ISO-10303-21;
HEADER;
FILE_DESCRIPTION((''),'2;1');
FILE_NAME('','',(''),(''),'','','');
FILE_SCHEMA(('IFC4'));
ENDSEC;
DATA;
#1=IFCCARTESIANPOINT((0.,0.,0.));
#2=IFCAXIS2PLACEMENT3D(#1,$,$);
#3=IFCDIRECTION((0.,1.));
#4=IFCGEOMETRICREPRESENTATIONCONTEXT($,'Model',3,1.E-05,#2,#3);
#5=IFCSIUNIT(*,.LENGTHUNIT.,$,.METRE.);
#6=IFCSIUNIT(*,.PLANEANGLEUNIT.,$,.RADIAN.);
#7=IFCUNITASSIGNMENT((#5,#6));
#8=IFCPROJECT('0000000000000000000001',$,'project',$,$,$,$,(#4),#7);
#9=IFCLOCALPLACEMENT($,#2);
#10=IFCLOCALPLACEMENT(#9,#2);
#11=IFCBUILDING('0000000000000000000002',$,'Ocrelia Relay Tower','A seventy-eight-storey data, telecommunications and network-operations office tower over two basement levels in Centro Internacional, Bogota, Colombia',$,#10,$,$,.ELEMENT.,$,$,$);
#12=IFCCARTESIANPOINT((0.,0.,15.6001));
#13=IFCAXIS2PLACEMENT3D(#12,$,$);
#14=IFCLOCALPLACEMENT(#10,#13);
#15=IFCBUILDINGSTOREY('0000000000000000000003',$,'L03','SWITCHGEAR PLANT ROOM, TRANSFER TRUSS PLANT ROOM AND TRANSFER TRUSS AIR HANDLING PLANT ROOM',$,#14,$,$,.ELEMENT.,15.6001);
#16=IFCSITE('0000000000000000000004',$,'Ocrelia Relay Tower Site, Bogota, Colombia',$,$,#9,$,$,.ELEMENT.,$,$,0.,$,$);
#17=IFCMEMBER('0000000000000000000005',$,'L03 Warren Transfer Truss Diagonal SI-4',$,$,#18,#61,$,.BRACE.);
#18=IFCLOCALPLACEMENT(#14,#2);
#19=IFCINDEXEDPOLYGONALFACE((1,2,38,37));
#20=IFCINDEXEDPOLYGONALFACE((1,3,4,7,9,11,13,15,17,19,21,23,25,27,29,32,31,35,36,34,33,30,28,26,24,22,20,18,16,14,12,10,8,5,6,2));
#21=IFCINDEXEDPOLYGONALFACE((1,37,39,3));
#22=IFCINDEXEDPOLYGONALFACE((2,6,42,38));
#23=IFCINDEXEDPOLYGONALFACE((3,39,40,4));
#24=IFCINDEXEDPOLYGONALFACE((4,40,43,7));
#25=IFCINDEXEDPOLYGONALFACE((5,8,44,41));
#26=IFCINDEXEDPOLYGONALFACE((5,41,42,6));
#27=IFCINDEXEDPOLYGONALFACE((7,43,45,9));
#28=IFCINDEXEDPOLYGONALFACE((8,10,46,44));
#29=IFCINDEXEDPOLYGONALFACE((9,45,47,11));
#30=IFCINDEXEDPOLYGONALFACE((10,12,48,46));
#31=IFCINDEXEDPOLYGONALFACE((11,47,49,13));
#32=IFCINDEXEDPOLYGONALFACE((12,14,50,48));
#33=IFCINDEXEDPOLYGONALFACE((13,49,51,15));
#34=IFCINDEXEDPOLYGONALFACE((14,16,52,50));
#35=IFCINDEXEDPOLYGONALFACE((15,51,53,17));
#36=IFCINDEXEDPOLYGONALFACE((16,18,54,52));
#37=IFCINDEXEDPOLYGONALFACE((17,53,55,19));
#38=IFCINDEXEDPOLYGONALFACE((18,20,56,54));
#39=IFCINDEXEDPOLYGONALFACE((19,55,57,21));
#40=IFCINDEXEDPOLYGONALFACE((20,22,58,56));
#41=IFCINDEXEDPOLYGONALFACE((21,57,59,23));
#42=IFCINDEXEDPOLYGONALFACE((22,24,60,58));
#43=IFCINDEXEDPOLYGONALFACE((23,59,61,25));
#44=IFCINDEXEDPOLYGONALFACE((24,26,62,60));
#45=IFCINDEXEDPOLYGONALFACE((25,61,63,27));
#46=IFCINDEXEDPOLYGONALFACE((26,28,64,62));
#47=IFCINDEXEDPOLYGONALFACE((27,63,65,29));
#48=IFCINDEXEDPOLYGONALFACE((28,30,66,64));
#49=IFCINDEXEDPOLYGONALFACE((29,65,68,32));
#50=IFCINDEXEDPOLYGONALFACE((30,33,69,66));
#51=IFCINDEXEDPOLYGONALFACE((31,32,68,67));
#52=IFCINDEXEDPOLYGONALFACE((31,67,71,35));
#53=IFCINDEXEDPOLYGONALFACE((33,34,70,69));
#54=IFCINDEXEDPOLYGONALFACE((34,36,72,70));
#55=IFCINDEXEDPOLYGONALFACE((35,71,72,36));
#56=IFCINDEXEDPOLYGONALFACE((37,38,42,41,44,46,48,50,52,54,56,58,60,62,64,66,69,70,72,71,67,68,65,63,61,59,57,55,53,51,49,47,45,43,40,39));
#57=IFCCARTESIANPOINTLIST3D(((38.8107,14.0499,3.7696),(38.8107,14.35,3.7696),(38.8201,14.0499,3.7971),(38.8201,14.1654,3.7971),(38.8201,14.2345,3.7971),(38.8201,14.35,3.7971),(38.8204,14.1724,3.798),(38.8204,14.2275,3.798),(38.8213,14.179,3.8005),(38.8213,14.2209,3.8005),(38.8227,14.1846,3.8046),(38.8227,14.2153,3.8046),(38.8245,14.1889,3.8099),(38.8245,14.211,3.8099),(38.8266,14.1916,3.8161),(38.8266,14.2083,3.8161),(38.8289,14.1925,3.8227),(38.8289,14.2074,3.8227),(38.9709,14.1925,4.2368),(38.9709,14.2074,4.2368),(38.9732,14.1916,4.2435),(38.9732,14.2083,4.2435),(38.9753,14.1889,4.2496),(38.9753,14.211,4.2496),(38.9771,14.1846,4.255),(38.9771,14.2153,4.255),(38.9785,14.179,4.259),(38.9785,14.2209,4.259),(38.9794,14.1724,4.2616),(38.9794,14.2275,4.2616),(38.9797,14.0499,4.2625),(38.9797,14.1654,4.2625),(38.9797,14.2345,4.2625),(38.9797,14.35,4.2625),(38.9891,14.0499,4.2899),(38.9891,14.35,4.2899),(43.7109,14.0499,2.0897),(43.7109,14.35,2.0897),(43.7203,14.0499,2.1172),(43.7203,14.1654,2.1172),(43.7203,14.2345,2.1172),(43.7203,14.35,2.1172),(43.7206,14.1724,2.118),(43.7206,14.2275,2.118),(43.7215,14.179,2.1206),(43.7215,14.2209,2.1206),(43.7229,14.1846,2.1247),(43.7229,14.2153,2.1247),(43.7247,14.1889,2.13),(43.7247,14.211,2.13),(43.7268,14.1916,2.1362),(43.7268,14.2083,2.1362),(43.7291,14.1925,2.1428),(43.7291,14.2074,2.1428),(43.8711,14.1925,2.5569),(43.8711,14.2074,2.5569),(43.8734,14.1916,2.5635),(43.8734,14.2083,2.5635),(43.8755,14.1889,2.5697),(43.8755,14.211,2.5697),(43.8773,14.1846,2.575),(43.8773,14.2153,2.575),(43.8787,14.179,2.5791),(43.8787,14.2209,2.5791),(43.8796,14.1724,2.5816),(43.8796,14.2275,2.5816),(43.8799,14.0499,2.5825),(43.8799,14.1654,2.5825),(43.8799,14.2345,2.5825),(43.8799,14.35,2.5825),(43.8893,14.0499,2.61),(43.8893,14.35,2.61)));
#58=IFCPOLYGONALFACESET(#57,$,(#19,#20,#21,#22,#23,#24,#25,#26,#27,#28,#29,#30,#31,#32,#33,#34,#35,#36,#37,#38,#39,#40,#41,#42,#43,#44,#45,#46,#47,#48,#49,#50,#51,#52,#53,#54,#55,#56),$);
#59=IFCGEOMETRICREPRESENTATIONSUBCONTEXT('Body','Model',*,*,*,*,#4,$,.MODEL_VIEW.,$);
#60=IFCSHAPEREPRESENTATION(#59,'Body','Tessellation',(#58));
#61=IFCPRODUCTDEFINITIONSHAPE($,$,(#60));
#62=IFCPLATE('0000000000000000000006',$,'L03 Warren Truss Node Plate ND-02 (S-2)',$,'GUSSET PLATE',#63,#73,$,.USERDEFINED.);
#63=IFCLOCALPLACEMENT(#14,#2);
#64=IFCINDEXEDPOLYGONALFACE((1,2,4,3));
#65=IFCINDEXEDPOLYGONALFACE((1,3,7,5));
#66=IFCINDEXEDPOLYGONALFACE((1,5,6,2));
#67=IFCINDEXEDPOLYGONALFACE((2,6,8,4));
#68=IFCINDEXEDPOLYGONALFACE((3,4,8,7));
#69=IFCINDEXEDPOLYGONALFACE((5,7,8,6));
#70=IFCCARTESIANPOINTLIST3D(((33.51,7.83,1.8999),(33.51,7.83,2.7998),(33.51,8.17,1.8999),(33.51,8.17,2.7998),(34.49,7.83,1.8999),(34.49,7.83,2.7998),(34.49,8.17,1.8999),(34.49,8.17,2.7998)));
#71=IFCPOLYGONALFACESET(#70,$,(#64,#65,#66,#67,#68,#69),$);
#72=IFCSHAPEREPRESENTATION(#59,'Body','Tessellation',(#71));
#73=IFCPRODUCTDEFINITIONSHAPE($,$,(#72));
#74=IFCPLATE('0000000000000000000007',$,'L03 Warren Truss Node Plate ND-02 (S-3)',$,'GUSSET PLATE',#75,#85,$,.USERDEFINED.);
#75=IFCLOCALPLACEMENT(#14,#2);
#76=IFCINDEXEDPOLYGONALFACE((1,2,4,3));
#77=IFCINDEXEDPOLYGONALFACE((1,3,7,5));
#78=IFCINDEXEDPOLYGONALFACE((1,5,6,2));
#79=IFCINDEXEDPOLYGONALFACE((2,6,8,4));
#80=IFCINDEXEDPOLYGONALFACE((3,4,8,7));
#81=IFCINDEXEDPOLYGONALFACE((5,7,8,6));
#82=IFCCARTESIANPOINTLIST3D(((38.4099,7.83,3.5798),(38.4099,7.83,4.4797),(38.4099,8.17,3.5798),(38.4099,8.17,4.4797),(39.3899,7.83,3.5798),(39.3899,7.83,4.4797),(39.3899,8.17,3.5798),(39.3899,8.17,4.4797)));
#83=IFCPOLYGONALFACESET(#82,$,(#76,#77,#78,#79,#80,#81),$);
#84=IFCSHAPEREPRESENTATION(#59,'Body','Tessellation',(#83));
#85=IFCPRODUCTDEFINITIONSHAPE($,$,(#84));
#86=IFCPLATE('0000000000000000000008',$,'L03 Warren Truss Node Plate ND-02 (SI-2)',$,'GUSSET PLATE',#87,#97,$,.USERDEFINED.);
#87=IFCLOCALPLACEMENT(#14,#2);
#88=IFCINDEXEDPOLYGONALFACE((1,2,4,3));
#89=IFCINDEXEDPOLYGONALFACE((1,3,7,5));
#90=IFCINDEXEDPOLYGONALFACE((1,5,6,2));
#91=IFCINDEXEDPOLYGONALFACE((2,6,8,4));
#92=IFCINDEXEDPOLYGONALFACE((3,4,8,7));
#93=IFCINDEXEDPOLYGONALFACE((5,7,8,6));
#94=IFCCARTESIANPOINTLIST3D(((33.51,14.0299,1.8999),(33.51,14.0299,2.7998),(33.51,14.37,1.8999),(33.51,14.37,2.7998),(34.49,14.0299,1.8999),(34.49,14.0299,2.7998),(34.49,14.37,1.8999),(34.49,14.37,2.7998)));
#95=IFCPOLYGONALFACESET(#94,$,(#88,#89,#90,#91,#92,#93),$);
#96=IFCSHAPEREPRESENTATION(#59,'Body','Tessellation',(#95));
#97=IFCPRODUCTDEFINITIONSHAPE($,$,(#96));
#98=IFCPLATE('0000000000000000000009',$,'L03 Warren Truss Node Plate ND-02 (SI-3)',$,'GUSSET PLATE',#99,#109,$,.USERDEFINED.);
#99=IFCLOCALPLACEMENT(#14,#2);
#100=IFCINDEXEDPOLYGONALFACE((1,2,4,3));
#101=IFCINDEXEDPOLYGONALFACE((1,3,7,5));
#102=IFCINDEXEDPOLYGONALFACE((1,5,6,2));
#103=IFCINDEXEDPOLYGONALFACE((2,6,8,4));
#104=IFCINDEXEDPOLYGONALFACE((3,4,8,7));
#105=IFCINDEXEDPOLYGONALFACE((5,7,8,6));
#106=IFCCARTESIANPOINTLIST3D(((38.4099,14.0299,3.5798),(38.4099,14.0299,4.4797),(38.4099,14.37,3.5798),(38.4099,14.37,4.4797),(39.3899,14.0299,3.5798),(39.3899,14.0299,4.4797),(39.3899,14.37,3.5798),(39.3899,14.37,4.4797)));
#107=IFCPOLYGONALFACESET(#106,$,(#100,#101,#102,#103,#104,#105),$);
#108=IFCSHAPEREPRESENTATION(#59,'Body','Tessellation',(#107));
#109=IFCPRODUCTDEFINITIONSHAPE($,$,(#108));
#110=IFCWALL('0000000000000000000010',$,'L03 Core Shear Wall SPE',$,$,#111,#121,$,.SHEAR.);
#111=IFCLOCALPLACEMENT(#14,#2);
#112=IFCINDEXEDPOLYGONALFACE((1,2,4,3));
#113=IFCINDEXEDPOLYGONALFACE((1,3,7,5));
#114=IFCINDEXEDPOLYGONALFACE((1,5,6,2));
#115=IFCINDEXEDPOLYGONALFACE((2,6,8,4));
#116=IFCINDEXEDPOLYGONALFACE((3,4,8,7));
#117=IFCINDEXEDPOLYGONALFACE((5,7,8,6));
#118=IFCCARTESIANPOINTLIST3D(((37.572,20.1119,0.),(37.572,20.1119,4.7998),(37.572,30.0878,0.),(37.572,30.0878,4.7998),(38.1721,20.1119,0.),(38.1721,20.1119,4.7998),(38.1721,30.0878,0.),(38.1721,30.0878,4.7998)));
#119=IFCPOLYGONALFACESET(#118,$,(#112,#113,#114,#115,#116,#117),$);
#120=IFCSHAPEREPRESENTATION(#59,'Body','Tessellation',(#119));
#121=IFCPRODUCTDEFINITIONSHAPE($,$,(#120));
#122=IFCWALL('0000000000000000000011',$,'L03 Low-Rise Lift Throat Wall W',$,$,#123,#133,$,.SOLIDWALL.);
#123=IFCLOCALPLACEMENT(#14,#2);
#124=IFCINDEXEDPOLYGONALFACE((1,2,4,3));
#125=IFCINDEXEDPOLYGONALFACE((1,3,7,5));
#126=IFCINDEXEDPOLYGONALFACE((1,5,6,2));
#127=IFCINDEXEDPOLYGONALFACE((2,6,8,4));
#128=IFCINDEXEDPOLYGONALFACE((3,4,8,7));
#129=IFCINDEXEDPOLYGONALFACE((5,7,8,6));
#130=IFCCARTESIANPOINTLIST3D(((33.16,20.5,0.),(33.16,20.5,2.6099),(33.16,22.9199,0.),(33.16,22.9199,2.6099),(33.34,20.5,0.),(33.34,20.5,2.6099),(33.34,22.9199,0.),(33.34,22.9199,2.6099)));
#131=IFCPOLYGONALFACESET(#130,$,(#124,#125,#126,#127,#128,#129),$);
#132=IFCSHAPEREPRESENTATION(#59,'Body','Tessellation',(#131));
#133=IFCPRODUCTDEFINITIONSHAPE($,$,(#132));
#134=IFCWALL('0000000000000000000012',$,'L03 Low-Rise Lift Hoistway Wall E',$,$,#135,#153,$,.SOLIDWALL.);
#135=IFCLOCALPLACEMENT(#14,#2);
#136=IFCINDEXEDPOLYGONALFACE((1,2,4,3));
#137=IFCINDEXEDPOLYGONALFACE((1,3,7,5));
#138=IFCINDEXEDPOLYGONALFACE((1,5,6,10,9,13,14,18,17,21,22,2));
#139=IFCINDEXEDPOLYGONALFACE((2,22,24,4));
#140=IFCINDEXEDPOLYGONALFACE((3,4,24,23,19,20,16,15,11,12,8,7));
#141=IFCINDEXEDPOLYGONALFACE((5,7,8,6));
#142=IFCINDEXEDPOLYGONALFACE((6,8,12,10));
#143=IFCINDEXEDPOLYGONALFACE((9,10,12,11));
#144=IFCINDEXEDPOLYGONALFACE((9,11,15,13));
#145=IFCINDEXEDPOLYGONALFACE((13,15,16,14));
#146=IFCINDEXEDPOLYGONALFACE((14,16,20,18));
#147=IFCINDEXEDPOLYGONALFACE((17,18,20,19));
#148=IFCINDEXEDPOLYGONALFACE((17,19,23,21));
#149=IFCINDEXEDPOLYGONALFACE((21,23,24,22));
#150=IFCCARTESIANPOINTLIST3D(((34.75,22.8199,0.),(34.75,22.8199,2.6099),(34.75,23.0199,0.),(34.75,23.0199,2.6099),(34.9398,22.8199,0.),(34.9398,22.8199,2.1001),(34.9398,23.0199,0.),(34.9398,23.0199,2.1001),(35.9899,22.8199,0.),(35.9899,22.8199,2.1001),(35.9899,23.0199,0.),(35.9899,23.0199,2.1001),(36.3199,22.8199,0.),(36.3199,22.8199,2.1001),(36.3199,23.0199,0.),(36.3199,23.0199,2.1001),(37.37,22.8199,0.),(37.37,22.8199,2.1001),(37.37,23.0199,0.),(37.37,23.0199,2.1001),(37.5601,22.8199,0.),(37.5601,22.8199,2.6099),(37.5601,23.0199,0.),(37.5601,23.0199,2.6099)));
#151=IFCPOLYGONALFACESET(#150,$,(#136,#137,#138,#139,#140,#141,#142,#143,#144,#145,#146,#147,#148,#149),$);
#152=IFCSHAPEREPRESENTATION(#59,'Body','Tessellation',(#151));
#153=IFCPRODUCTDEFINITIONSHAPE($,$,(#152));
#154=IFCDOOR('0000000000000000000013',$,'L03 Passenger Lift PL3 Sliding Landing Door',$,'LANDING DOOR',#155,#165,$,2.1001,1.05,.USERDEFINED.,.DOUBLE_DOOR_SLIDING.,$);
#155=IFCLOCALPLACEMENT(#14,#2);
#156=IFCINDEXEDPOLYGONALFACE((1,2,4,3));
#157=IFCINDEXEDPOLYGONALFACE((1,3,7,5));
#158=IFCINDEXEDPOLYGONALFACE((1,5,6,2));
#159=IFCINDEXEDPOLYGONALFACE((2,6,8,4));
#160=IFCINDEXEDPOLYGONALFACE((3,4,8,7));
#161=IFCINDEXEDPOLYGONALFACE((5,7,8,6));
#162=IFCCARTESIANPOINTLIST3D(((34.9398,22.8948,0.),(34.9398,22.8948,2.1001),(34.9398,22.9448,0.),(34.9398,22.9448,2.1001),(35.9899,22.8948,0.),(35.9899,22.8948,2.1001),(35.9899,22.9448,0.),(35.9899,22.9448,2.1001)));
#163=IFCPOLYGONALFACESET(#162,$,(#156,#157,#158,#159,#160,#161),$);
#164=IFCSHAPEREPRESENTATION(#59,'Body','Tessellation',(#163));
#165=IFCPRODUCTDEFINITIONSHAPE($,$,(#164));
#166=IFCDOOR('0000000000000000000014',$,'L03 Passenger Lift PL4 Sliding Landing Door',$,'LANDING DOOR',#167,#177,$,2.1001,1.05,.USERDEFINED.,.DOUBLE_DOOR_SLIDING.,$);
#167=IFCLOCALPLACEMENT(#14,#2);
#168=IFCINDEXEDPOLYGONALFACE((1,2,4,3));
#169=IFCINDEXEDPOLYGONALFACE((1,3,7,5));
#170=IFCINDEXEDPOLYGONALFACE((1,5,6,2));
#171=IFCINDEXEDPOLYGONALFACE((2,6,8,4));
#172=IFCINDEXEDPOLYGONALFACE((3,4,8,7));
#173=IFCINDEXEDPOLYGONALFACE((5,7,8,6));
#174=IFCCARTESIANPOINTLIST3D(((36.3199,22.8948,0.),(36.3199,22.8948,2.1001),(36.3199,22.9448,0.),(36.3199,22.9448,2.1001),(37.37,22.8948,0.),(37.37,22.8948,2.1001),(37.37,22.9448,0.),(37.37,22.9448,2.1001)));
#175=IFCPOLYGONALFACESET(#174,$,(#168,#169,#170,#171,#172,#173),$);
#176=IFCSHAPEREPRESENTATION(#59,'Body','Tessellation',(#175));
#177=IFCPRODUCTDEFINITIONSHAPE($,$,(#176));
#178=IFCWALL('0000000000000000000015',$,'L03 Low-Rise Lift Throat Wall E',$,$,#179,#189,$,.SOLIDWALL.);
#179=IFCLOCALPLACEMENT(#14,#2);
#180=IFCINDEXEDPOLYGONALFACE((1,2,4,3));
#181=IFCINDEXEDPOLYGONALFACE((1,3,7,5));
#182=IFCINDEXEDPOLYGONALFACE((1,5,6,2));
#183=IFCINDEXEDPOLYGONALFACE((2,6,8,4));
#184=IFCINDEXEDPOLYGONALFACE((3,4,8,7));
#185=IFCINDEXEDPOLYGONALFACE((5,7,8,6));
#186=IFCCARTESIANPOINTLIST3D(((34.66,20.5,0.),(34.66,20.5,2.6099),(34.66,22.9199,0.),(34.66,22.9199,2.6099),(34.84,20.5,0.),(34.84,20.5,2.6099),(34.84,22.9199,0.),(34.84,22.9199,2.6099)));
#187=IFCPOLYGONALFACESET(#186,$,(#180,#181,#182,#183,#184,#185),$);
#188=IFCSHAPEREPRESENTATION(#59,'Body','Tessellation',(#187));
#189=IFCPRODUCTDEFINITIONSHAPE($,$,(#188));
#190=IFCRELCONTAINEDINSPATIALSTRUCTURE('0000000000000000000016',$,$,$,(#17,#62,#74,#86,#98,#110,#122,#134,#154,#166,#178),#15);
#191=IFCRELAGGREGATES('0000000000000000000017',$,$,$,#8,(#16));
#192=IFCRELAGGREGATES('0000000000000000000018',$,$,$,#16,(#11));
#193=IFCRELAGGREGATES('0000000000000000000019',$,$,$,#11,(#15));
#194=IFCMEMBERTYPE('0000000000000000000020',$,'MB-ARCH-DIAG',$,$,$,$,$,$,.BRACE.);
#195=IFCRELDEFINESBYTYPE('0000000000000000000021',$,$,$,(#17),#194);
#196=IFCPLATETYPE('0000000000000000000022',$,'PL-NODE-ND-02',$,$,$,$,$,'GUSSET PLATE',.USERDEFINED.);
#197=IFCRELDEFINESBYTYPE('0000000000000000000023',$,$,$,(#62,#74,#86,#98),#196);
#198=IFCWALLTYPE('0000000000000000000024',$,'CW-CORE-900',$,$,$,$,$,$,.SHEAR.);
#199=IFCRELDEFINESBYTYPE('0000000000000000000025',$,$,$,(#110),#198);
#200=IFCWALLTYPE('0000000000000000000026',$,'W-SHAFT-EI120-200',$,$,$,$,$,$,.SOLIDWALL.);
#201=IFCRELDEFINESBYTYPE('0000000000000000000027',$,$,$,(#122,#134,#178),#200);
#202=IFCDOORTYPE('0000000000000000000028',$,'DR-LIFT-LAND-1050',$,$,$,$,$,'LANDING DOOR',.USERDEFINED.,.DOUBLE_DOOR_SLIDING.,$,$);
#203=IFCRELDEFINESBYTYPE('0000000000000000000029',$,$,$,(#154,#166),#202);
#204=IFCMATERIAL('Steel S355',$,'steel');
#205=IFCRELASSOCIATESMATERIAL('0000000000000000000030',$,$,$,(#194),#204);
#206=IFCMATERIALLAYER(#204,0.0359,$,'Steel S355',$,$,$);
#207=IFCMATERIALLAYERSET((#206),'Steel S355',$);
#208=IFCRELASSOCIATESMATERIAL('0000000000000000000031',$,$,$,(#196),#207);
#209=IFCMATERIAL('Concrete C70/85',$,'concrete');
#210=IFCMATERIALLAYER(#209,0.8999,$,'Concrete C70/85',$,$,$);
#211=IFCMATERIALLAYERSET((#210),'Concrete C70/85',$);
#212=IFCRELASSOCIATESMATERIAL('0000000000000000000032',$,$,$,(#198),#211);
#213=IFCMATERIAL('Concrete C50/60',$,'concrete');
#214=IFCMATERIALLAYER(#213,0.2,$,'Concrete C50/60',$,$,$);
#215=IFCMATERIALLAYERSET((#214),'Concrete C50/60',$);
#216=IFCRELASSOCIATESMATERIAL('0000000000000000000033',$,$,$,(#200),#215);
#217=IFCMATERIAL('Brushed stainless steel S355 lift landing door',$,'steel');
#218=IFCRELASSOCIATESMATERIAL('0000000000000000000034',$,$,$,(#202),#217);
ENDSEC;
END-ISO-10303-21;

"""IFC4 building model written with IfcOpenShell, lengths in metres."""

from ifc_helpers import new_model, si_unit, direction, frame, frame_2d, origin, origin_2d, place, context, subcontext, project, spatial, rectangle, i_section, extrude, material, layer, layer_set, material_profile, profile_set, type_object, element, fill, save


model = new_model("IFC4")

# Units and contexts
model_context = context("Model", 3, precision=1e-05, world=origin(), true_north=direction((0.0, 1.0)))
body_context = subcontext(model_context, "Body", "Model", "MODEL_VIEW")
ifc_project = project(units=[si_unit("LENGTHUNIT", "METRE"), si_unit("PLANEANGLEUNIT", "RADIAN")], contexts=[model_context])

# Site, building, storey
site_placement = place(None, origin())
site = spatial("IfcSite", under=ifc_project, at=site_placement, Name="Ocrelia Relay Tower Site, Bogota, Colombia", CompositionType="ELEMENT", RefElevation=0.0)
building_placement = place(site_placement, origin())
building = spatial("IfcBuilding", under=site, at=building_placement, Name="Ocrelia Relay Tower", Description="A seventy-eight-storey data, telecommunications and network-operations office tower over two basement levels in Centro Internacional, Bogota, Colombia", CompositionType="ELEMENT")
storey_placement = place(building_placement, frame((0.0, 0.0, 15.6001)))
storey = spatial("IfcBuildingStorey", under=building, at=storey_placement, Name="L03", Description="SWITCHGEAR PLANT ROOM, TRANSFER TRUSS PLANT ROOM AND TRANSFER TRUSS AIR HANDLING PLANT ROOM", CompositionType="ELEMENT", Elevation=15.6001)

# Shared definitions
ifc_material_1 = material(Name="Concrete C70/85", Category="concrete")

# Member
ifc_material_2 = material(Name="Steel S355", Category="steel")
ifc_material_profile_1 = material_profile(ifc_material_2, i_section(OverallWidth=0.3, OverallDepth=0.55, WebThickness=0.0149, FlangeThickness=0.0291, FilletRadius=0.0271, at=origin_2d()), Name="HEB 550")
ifc_profile_set_1 = profile_set([ifc_material_profile_1], Name="Steel S355")
member_type = type_object("IfcMemberType", Name="MB-ARCH-DIAG", PredefinedType="BRACE", material=ifc_profile_set_1)
member_1_placement = place(storey_placement, frame((38.8999, 14.2, 4.0298), z_axis=(0.945953, 0.0, -0.324304), x_axis=(0.0, 1.0, 0.0)))
element("IfcMember", 1, at=member_1_placement, inside=storey, type_object=member_type, Name="L03 Warren Transfer Truss Diagonal SI-4", PredefinedType="BRACE", context=body_context, shape_type="SweptSolid", body=[
    extrude(i_section(OverallWidth=0.3, OverallDepth=0.55, WebThickness=0.0149, FlangeThickness=0.0291, FilletRadius=0.0271, at=origin_2d()), origin(), (0.0, 0.0, 1.0), 5.1802),
])

# Plates
ifc_layer_1 = layer(ifc_material_2, 0.0359, Name="Steel S355")
ifc_layer_set_1 = layer_set([ifc_layer_1], Name="Steel S355")
plate_type = type_object("IfcPlateType", Name="PL-NODE-ND-02", ElementType="GUSSET PLATE", PredefinedType="USERDEFINED", material=ifc_layer_set_1)
for number, where, z_axis, x_axis, name in (
    (2, (34.0, 8.0, 1.8999), (0.0, 0.0, 1.0), (1.0, 0.0, 0.0), "L03 Warren Truss Node Plate ND-02 (S-2)"),
    (3, (38.8999, 8.0, 3.5798), (0.0, 0.0, 1.0), (1.0, 0.0, 0.0), "L03 Warren Truss Node Plate ND-02 (S-3)"),
    (4, (34.0, 14.2, 1.8999), (0.0, 0.0, 1.0), (1.0, 0.0, 0.0), "L03 Warren Truss Node Plate ND-02 (SI-2)"),
    (5, (38.8999, 14.2, 3.5798), (0.0, 0.0, 1.0), (1.0, 0.0, 0.0), "L03 Warren Truss Node Plate ND-02 (SI-3)"),
):
    element("IfcPlate", number, at=place(storey_placement, frame(where, z_axis=z_axis, x_axis=x_axis)), inside=storey, type_object=plate_type, Name=name, ObjectType="GUSSET PLATE", PredefinedType="USERDEFINED", context=body_context, shape_type="SweptSolid", body=[
        extrude(rectangle(XDim=0.98, YDim=0.3401, at=origin_2d()), origin(), (0.0, 0.0, 1.0), 0.8999),
    ])

# Walls
ifc_layer_2 = layer(ifc_material_1, 0.8999, Name="Concrete C70/85")
ifc_layer_set_2 = layer_set([ifc_layer_2], Name="Concrete C70/85")
wall_type_1 = type_object("IfcWallType", Name="CW-CORE-900", PredefinedType="SHEAR", material=ifc_layer_set_2)
wall_1_placement = place(storey_placement, frame((37.8721, 20.1121, 0.0), z_axis=(0.0, 0.0, 1.0), x_axis=(0.0, 1.0, 0.0)))
element("IfcWall", 6, at=wall_1_placement, inside=storey, type_object=wall_type_1, Name="L03 Core Shear Wall SPE", PredefinedType="SHEAR", context=body_context, shape_type="SweptSolid", body=[
    extrude(rectangle(XDim=9.9758, YDim=0.6001, at=frame_2d((4.9878, 0.0))), origin(), (0.0, 0.0, 1.0), 4.7998),
])
ifc_material_3 = material(Name="Concrete C50/60", Category="concrete")
ifc_layer_3 = layer(ifc_material_3, 0.2, Name="Concrete C50/60")
ifc_layer_set_3 = layer_set([ifc_layer_3], Name="Concrete C50/60")
wall_type_2 = type_object("IfcWallType", Name="W-SHAFT-EI120-200", PredefinedType="SOLIDWALL", material=ifc_layer_set_3)
wall_2_placement = place(storey_placement, frame((33.25, 20.5, 0.0), z_axis=(0.0, 0.0, 1.0), x_axis=(0.0, 1.0, 0.0)))
element("IfcWall", 7, at=wall_2_placement, inside=storey, type_object=wall_type_2, Name="L03 Low-Rise Lift Throat Wall W", PredefinedType="SOLIDWALL", context=body_context, shape_type="SweptSolid", body=[
    extrude(rectangle(XDim=2.4199, YDim=0.1799, at=frame_2d((1.21, 0.0))), origin(), (0.0, 0.0, 1.0), 2.6099),
])

# Wall, openings, doors
wall_3_placement = place(storey_placement, frame((34.75, 22.9199, 0.0), z_axis=(0.0, 0.0, 1.0), x_axis=(1.0, 0.0, 0.0)))
wall_3 = element("IfcWall", 8, at=wall_3_placement, inside=storey, type_object=wall_type_2, Name="L03 Low-Rise Lift Hoistway Wall E", PredefinedType="SOLIDWALL", context=body_context, shape_type="SweptSolid", body=[
    extrude(rectangle(XDim=2.8101, YDim=0.2, at=frame_2d((1.405, 0.0))), origin(), (0.0, 0.0, 1.0), 2.6099),
])
opening_1_placement = place(wall_3_placement, frame((0.1899, 0.0, 0.0)))
opening_1 = element("IfcOpeningElement", 9, at=opening_1_placement, cuts=wall_3, PredefinedType="OPENING", context=body_context, shape_type="SweptSolid", body=[
    extrude(rectangle(XDim=1.05, YDim=2.1001, at=frame_2d((0.5249, 1.05))), frame((0.0, 0.1099, 0.0), z_axis=(0.0, -1.0, 0.0), x_axis=(1.0, 0.0, 0.0)), (0.0, 0.0, 1.0), 0.22),
])
opening_2_placement = place(wall_3_placement, frame((1.5701, 0.0, 0.0)))
opening_2 = element("IfcOpeningElement", 10, at=opening_2_placement, cuts=wall_3, PredefinedType="OPENING", context=body_context, shape_type="SweptSolid", body=[
    extrude(rectangle(XDim=1.05, YDim=2.1001, at=frame_2d((0.5249, 1.05))), frame((0.0, 0.1099, 0.0), z_axis=(0.0, -1.0, 0.0), x_axis=(1.0, 0.0, 0.0)), (0.0, 0.0, 1.0), 0.22),
])
ifc_material_4 = material(Name="Brushed stainless steel S355 lift landing door", Category="steel")
door_type = type_object("IfcDoorType", Name="DR-LIFT-LAND-1050", ElementType="LANDING DOOR", OperationType="DOUBLE_DOOR_SLIDING", PredefinedType="USERDEFINED", material=ifc_material_4)
door_1_placement = place(opening_1_placement, origin())
door_1 = element("IfcDoor", 11, at=door_1_placement, inside=storey, type_object=door_type, Name="L03 Passenger Lift PL3 Sliding Landing Door", ObjectType="LANDING DOOR", OperationType="DOUBLE_DOOR_SLIDING", OverallHeight=2.1001, OverallWidth=1.05, PredefinedType="USERDEFINED", context=body_context, shape_type="SweptSolid", body=[
    extrude(rectangle(XDim=1.05, YDim=2.1001, at=frame_2d((0.5249, 1.05))), frame((0.0, 0.0249, 0.0), z_axis=(0.0, -1.0, 0.0), x_axis=(1.0, 0.0, 0.0)), (0.0, 0.0, 1.0), 0.05),
])
fill(opening_1, door_1)
door_2_placement = place(opening_2_placement, origin())
door_2 = element("IfcDoor", 12, at=door_2_placement, inside=storey, type_object=door_type, Name="L03 Passenger Lift PL4 Sliding Landing Door", ObjectType="LANDING DOOR", OperationType="DOUBLE_DOOR_SLIDING", OverallHeight=2.1001, OverallWidth=1.05, PredefinedType="USERDEFINED", context=body_context, shape_type="SweptSolid", body=[
    extrude(rectangle(XDim=1.05, YDim=2.1001, at=frame_2d((0.5249, 1.05))), frame((0.0, 0.0249, 0.0), z_axis=(0.0, -1.0, 0.0), x_axis=(1.0, 0.0, 0.0)), (0.0, 0.0, 1.0), 0.05),
])
fill(opening_2, door_2)

# Wall
wall_4_placement = place(storey_placement, frame((34.75, 20.5, 0.0), z_axis=(0.0, 0.0, 1.0), x_axis=(0.0, 1.0, 0.0)))
element("IfcWall", 13, at=wall_4_placement, inside=storey, type_object=wall_type_2, Name="L03 Low-Rise Lift Throat Wall E", PredefinedType="SOLIDWALL", context=body_context, shape_type="SweptSolid", body=[
    extrude(rectangle(XDim=2.4199, YDim=0.1799, at=frame_2d((1.21, 0.0))), origin(), (0.0, 0.0, 1.0), 2.6099),
])

save(model, "model.ifc")
